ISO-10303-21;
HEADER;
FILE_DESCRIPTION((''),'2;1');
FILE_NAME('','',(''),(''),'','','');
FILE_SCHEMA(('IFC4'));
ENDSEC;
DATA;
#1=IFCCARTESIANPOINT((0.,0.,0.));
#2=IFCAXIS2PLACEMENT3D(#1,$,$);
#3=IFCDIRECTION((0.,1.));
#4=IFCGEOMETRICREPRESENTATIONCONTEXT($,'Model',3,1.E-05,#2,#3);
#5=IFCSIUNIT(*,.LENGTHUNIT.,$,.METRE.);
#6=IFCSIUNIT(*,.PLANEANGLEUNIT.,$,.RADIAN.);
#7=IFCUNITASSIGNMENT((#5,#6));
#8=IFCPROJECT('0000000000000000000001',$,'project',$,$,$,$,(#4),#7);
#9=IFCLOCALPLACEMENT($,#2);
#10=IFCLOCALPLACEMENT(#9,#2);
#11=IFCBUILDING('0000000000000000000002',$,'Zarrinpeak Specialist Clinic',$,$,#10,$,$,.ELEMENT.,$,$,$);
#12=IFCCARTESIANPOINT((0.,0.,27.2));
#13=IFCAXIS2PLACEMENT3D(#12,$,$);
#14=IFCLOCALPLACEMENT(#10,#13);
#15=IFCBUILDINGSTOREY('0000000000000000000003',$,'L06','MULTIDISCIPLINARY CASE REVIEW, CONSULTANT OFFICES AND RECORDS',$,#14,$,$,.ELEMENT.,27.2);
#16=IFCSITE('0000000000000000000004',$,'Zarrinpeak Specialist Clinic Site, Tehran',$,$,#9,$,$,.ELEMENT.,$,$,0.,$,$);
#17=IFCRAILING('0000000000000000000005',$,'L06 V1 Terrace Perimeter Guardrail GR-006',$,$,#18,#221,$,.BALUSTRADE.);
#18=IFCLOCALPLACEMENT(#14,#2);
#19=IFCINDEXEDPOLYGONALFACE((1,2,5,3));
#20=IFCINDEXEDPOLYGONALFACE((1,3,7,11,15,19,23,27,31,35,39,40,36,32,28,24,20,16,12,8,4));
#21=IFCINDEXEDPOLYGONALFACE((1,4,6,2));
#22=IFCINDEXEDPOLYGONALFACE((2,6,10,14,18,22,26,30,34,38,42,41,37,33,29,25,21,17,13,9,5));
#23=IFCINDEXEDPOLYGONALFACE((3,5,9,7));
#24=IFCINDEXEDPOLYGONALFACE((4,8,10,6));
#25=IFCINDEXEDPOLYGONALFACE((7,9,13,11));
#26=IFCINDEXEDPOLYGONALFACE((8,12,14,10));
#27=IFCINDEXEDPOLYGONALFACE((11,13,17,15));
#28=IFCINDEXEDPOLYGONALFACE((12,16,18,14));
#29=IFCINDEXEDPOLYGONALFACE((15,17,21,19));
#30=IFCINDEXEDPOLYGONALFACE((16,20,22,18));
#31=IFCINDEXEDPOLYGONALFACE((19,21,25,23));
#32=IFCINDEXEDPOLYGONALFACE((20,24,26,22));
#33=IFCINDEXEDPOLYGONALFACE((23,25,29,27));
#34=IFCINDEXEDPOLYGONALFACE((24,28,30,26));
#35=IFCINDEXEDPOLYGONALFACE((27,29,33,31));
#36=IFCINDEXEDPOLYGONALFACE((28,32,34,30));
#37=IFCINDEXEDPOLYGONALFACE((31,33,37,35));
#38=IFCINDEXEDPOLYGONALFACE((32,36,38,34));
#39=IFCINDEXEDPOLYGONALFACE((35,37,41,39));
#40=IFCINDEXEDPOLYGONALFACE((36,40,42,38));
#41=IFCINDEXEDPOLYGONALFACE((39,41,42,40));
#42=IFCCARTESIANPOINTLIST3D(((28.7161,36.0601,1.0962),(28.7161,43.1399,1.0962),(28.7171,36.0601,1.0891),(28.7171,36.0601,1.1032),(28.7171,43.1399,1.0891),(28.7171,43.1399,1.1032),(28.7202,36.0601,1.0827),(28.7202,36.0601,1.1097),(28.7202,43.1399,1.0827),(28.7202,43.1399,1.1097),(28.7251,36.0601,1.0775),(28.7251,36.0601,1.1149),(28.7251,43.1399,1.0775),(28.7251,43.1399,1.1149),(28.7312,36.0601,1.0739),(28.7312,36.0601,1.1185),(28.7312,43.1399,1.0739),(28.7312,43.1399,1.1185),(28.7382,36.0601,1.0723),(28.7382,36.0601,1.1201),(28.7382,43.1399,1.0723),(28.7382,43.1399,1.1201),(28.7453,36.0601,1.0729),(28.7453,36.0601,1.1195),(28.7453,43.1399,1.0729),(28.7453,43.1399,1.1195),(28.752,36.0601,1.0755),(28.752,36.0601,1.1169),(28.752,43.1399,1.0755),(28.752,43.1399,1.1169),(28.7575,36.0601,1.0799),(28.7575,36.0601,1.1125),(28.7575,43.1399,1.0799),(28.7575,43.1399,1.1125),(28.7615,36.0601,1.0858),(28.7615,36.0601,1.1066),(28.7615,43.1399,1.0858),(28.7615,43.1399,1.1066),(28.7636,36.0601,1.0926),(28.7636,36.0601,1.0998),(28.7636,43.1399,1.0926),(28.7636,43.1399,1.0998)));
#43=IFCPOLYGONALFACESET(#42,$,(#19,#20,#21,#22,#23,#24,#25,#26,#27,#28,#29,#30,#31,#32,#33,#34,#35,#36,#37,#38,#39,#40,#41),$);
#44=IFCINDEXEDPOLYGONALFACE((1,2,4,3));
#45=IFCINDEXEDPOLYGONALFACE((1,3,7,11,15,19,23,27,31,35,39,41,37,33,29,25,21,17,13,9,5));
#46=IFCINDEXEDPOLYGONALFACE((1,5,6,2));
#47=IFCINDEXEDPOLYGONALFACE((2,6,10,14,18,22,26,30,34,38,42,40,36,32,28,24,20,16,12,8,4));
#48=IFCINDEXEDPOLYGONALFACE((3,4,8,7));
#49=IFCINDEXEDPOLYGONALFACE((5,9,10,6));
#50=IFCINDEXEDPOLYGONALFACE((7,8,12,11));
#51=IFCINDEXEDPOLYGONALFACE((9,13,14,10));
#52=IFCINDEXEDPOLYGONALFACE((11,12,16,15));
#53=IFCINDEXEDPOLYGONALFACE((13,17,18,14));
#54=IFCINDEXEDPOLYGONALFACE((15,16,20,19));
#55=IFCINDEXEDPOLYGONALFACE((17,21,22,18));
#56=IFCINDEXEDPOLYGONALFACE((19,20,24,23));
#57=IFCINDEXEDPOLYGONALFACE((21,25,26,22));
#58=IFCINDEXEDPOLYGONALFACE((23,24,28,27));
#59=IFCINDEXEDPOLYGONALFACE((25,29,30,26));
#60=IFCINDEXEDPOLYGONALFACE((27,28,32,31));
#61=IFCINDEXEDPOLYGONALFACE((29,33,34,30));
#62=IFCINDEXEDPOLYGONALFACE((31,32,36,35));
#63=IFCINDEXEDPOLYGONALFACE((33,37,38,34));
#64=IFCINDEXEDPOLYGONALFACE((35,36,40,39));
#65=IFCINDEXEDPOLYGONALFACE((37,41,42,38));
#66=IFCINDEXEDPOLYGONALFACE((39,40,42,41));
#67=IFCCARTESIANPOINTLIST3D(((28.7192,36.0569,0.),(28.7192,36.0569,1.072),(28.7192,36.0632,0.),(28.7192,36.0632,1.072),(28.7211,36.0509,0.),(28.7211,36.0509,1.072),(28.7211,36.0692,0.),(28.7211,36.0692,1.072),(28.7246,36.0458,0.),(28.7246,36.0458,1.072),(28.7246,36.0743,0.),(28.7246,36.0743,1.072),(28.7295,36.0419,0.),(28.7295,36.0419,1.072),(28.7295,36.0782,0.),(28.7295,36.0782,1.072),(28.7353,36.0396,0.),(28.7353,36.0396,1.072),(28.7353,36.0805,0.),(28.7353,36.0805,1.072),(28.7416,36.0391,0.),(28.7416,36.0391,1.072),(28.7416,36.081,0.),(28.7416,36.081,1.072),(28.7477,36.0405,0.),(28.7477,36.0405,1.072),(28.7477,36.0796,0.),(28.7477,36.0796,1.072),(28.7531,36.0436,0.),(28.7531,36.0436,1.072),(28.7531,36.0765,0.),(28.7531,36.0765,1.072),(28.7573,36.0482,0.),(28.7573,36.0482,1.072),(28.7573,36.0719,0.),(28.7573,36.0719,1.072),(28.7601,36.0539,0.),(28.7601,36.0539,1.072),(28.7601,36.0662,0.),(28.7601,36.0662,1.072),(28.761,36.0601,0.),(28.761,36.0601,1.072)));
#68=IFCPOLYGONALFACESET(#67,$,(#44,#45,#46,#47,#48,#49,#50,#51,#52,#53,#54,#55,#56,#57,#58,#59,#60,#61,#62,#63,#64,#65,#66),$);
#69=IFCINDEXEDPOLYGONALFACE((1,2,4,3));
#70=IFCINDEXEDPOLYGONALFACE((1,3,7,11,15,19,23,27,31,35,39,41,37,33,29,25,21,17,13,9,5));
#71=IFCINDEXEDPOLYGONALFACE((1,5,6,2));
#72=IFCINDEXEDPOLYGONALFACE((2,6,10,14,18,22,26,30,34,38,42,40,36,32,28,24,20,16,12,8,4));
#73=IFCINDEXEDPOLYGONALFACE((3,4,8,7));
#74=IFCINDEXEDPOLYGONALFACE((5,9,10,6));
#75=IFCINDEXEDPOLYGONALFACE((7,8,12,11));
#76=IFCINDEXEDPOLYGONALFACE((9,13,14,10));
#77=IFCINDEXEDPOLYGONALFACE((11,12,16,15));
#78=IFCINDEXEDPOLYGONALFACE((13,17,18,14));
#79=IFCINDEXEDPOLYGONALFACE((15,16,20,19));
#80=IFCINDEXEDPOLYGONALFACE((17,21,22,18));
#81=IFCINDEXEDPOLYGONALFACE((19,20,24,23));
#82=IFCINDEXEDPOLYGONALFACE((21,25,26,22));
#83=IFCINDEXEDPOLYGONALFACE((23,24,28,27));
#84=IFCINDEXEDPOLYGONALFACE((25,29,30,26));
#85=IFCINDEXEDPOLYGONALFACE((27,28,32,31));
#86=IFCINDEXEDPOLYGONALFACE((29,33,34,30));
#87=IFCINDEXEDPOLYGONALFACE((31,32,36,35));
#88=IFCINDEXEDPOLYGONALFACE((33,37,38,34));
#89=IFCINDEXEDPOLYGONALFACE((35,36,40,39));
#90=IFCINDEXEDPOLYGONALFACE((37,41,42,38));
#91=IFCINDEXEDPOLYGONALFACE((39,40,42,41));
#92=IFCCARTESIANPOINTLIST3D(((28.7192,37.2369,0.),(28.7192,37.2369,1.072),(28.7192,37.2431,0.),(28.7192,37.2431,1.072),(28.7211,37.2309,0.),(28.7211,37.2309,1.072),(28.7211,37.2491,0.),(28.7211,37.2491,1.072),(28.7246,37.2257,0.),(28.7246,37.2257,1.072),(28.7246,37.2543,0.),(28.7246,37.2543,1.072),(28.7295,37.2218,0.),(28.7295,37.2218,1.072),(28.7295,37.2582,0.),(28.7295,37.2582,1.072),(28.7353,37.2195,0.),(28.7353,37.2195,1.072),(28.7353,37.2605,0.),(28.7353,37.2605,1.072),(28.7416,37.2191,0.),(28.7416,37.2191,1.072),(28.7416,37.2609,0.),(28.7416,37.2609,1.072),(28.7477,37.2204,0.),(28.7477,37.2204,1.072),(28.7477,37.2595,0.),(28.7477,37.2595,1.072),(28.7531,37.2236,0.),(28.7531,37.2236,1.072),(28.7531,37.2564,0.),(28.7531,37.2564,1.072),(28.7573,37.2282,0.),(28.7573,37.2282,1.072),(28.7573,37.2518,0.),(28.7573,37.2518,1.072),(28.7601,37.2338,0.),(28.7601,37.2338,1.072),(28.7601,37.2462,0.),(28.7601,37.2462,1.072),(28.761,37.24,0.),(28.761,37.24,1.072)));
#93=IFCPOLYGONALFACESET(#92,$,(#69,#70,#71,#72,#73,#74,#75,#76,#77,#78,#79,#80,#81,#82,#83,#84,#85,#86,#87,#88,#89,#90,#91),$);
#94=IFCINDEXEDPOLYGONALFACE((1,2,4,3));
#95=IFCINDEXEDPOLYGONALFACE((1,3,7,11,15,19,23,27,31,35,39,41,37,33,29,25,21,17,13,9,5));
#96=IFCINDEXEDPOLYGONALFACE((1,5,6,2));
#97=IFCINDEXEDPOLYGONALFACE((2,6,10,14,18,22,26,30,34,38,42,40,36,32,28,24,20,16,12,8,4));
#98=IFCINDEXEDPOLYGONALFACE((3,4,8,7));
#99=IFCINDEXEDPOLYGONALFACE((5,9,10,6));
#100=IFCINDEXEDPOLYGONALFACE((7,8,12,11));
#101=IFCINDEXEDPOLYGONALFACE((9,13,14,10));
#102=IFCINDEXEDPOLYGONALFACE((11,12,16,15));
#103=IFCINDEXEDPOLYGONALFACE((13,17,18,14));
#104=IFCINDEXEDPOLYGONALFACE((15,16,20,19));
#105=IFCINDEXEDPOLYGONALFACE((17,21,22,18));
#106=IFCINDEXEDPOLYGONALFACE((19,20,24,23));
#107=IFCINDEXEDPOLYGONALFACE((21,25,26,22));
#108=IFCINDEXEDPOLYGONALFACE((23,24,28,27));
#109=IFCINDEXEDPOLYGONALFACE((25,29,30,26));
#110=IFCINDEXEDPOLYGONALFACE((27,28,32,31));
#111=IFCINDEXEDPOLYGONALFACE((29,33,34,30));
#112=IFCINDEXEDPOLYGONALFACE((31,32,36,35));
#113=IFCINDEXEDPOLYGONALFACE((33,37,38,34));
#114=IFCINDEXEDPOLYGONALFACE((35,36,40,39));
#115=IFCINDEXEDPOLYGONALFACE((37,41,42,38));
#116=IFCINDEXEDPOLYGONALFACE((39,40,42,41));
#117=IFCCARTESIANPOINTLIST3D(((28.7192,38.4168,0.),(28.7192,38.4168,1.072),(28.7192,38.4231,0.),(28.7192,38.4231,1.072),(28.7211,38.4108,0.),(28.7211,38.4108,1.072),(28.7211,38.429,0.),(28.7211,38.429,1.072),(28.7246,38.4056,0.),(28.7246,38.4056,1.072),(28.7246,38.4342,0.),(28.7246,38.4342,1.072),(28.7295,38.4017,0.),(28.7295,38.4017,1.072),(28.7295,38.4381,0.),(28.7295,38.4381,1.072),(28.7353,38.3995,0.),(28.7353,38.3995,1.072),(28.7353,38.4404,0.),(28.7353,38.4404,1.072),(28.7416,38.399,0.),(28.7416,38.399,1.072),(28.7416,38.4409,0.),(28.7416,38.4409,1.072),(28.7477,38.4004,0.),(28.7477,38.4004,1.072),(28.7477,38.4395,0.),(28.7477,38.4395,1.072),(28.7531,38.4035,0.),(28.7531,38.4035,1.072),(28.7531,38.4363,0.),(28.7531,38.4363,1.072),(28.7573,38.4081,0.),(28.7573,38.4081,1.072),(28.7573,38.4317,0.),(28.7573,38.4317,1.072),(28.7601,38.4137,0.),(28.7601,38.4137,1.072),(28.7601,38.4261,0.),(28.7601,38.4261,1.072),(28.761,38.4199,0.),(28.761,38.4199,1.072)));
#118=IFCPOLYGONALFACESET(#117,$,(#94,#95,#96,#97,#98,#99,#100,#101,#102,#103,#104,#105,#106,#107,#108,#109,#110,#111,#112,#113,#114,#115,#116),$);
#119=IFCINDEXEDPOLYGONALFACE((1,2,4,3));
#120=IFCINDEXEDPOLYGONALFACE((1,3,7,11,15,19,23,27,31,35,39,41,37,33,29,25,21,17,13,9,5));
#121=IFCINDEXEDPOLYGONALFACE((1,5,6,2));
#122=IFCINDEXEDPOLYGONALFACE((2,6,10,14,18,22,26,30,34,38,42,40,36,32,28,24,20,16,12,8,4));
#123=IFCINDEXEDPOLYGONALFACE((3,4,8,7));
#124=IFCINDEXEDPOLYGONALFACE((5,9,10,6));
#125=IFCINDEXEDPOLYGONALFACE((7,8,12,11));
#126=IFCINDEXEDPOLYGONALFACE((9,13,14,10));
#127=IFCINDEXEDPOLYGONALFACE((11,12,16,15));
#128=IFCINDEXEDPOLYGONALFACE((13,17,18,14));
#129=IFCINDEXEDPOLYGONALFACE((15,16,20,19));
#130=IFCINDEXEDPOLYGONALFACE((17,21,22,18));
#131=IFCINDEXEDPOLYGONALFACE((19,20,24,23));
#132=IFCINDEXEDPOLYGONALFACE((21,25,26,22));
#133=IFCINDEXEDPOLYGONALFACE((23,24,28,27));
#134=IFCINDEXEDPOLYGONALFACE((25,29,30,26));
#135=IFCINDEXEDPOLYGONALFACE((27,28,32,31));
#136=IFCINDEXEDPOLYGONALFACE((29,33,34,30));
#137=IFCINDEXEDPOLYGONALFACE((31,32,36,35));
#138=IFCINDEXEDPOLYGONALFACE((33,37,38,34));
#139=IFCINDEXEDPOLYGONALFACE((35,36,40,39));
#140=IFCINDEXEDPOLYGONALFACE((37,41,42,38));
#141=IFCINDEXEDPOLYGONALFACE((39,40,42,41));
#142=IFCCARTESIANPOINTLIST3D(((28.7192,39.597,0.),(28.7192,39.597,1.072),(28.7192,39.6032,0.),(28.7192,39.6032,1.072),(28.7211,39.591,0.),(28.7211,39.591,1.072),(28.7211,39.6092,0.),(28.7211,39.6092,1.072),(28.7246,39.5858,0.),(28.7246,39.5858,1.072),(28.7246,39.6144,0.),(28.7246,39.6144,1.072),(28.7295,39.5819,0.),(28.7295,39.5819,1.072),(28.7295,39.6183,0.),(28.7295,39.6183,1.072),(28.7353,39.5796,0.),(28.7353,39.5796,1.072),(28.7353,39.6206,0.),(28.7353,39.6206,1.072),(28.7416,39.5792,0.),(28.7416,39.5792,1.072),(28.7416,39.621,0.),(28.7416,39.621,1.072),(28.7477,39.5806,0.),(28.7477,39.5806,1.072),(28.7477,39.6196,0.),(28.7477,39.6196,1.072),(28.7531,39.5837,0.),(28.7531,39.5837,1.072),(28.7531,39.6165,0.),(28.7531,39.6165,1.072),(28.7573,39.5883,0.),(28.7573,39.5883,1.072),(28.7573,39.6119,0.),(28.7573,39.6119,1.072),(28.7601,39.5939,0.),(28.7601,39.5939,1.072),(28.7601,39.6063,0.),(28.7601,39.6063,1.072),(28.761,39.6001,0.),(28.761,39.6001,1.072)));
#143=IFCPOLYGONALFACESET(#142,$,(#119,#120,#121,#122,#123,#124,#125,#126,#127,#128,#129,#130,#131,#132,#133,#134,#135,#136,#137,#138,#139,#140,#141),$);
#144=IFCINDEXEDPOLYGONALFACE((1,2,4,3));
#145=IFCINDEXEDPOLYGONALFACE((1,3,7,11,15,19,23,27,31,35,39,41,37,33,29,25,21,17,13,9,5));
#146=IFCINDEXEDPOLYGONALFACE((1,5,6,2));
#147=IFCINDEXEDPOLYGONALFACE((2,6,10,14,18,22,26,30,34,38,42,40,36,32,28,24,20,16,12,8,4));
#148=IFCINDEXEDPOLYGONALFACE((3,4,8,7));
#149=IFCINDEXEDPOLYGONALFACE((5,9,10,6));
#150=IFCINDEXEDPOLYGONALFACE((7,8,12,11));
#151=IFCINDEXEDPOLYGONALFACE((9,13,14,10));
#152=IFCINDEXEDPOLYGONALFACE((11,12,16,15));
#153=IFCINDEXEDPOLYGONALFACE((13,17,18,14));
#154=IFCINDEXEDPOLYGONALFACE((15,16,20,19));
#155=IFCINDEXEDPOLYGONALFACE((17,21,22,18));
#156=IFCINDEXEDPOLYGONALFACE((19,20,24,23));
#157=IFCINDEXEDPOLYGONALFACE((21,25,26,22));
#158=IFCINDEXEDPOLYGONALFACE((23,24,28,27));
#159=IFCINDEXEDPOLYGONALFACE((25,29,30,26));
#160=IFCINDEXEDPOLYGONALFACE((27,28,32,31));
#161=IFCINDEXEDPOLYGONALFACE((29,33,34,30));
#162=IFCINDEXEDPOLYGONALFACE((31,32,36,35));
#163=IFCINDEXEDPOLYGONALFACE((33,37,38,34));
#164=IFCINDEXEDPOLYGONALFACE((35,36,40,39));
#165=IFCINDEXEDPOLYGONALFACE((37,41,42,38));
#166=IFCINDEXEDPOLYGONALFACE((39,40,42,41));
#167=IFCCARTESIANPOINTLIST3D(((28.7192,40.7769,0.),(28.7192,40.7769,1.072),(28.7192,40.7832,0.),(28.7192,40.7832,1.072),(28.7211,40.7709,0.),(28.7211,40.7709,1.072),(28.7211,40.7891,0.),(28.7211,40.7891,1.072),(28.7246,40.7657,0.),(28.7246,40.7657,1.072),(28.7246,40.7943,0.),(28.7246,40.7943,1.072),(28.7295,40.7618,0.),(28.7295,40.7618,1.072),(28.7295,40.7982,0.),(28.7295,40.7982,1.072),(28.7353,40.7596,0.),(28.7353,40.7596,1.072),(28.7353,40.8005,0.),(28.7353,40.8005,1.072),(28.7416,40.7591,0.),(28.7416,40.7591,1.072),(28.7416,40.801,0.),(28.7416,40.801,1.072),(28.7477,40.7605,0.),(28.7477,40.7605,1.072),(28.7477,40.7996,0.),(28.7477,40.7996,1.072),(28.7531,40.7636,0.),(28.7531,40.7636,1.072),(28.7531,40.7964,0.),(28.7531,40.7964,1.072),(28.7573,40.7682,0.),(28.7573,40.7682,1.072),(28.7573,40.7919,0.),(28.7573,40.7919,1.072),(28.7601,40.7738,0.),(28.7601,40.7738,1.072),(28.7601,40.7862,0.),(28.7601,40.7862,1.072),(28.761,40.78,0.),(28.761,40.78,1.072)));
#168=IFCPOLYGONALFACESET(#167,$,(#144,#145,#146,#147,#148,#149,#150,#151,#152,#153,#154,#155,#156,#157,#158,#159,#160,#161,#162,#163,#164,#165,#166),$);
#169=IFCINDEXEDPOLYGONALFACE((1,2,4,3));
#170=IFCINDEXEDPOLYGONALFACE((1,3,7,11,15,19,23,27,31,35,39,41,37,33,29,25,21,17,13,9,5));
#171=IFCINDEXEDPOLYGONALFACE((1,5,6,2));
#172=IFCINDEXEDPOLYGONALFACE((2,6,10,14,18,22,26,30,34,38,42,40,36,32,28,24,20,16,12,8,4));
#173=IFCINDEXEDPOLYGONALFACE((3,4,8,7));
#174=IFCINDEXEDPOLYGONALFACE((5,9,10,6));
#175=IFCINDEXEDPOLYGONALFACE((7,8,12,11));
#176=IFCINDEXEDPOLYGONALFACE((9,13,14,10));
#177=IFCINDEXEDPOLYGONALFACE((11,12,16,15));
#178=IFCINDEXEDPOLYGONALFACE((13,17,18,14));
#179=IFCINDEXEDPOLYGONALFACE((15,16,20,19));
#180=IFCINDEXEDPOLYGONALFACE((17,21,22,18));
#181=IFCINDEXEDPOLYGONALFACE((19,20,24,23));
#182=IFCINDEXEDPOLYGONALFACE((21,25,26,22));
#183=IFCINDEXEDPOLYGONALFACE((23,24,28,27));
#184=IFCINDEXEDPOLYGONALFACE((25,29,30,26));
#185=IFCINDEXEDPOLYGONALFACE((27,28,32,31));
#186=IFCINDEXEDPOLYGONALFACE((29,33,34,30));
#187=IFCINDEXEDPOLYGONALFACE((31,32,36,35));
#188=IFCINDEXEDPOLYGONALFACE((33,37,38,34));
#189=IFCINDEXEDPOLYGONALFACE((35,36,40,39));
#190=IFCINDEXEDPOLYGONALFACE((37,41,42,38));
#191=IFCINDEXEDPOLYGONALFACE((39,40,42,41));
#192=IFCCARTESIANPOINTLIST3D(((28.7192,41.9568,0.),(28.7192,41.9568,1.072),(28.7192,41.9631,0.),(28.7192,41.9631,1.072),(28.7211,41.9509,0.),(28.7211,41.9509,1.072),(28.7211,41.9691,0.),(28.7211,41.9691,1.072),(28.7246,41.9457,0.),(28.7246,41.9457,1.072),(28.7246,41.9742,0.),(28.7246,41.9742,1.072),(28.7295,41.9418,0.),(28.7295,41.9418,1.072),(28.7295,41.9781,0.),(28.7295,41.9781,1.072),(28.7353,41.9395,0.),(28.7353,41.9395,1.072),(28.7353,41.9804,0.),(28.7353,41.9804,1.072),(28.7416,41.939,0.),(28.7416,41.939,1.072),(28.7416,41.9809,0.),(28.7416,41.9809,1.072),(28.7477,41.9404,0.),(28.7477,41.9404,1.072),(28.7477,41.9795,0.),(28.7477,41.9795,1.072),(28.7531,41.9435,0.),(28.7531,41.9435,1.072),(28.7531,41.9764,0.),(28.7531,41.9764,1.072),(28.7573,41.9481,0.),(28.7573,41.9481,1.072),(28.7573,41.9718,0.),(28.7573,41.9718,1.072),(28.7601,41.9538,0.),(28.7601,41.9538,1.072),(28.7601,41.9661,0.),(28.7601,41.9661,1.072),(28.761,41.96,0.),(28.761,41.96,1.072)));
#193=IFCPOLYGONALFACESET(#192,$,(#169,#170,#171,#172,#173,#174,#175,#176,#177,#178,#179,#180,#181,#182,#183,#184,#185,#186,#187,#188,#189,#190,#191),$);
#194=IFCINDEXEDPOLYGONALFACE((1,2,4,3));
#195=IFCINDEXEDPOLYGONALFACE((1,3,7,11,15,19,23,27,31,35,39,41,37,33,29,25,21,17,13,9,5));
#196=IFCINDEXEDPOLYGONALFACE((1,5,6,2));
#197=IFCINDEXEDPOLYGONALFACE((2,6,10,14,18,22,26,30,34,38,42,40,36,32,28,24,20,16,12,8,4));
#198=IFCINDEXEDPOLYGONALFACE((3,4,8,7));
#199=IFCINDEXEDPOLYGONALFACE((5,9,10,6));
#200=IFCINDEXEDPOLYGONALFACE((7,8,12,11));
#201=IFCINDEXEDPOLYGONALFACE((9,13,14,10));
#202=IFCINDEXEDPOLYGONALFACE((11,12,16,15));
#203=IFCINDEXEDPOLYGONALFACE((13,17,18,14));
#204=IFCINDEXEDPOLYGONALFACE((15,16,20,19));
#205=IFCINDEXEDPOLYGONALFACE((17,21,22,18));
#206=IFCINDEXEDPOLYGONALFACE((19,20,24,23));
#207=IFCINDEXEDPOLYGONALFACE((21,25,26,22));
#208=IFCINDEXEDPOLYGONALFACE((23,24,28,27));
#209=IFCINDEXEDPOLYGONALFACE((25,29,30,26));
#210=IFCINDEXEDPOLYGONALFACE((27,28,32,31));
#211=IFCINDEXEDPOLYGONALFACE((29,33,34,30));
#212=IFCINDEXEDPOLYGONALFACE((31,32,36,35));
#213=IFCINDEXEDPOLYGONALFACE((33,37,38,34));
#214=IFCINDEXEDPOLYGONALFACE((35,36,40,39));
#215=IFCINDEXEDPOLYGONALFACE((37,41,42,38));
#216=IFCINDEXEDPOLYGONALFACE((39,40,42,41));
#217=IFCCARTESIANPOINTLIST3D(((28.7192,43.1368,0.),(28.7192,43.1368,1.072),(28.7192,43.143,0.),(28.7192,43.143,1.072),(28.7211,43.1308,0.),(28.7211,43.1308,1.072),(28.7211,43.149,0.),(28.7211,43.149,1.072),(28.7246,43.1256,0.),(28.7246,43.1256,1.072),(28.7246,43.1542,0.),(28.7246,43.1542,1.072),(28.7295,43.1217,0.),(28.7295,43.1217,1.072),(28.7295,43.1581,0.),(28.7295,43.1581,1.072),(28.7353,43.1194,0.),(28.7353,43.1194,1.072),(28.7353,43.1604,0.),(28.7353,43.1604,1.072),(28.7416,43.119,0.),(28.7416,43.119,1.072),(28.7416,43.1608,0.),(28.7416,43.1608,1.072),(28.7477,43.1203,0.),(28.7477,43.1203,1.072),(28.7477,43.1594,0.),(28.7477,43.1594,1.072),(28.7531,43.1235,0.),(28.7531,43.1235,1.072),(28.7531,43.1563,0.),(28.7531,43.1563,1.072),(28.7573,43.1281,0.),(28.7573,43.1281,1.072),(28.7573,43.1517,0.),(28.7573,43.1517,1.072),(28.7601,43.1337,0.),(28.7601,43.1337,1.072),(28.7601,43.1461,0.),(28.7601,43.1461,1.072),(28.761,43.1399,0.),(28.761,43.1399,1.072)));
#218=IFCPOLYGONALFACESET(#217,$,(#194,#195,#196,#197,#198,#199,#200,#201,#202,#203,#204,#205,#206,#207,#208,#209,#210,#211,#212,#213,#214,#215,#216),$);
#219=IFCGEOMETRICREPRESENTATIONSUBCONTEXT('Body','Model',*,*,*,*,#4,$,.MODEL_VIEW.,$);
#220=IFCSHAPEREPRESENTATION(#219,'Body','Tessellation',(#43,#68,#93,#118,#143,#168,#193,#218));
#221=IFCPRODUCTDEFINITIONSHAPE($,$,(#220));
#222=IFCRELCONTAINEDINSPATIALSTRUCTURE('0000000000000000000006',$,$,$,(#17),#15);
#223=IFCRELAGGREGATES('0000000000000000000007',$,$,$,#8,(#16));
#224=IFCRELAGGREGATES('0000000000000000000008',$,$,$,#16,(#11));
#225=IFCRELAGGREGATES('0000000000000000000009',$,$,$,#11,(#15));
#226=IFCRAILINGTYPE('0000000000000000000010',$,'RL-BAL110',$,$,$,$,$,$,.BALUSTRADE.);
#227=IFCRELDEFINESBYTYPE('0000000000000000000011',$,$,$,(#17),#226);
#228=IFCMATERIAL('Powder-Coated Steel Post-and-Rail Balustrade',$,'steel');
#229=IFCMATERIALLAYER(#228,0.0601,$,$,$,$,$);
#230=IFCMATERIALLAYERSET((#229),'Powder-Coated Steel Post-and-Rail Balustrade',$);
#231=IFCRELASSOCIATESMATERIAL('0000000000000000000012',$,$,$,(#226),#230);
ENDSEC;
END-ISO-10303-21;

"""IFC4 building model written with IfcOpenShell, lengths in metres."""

from ifc_helpers import new_model, si_unit, direction, frame, origin, origin_2d, place, context, subcontext, project, spatial, circle, extrude, material, layer, layer_set, type_object, element, save


model = new_model("IFC4")

# Units and contexts
model_context = context("Model", 3, precision=1e-05, world=origin(), true_north=direction((0.0, 1.0)))
body_context = subcontext(model_context, "Body", "Model", "MODEL_VIEW")
ifc_project = project(units=[si_unit("LENGTHUNIT", "METRE"), si_unit("PLANEANGLEUNIT", "RADIAN")], contexts=[model_context])

# Site, building, storey
site_placement = place(None, origin())
site = spatial("IfcSite", under=ifc_project, at=site_placement, Name="Zarrinpeak Specialist Clinic Site, Tehran", CompositionType="ELEMENT", RefElevation=0.0)
building_placement = place(site_placement, origin())
building = spatial("IfcBuilding", under=site, at=building_placement, Name="Zarrinpeak Specialist Clinic", CompositionType="ELEMENT")
storey_placement = place(building_placement, frame((0.0, 0.0, 27.2)))
storey = spatial("IfcBuildingStorey", under=building, at=storey_placement, Name="L06", Description="MULTIDISCIPLINARY CASE REVIEW, CONSULTANT OFFICES AND RECORDS", CompositionType="ELEMENT", Elevation=27.2)

# Railing
ifc_material_1 = material(Name="Powder-Coated Steel Post-and-Rail Balustrade", Category="steel")
ifc_layer_1 = layer(ifc_material_1, 0.0601)
ifc_layer_set_1 = layer_set([ifc_layer_1], Name="Powder-Coated Steel Post-and-Rail Balustrade")
railing_type = type_object("IfcRailingType", Name="RL-BAL110", PredefinedType="BALUSTRADE", material=ifc_layer_set_1)
railing_placement = place(storey_placement, frame((28.74, 36.0601, 0.0)))
element("IfcRailing", 1, at=railing_placement, inside=storey, type_object=railing_type, Name="L06 V1 Terrace Perimeter Guardrail GR-006", PredefinedType="BALUSTRADE", context=body_context, shape_type="SweptSolid", body=[
    extrude(circle(Radius=0.0239, at=origin_2d()), frame((0.0, 0.0, 1.0962), z_axis=(0.0, 1.0, 0.0), x_axis=(-1.0, 0.0, 0.0)), (0.0, 0.0, 1.0), 7.0798),
    extrude(circle(Radius=0.021, at=origin_2d()), origin(), (0.0, 0.0, 1.0), 1.072),
    extrude(circle(Radius=0.021, at=origin_2d()), frame((0.0, 1.1799, 0.0)), (0.0, 0.0, 1.0), 1.072),
    extrude(circle(Radius=0.021, at=origin_2d()), frame((0.0, 2.3599, 0.0)), (0.0, 0.0, 1.0), 1.072),
    extrude(circle(Radius=0.021, at=origin_2d()), frame((0.0, 3.54, 0.0)), (0.0, 0.0, 1.0), 1.072),
    extrude(circle(Radius=0.021, at=origin_2d()), frame((0.0, 4.72, 0.0)), (0.0, 0.0, 1.0), 1.072),
    extrude(circle(Radius=0.021, at=origin_2d()), frame((0.0, 5.8999, 0.0)), (0.0, 0.0, 1.0), 1.072),
    extrude(circle(Radius=0.021, at=origin_2d()), frame((0.0, 7.0798, 0.0)), (0.0, 0.0, 1.0), 1.072),
])

save(model, "model.ifc")
